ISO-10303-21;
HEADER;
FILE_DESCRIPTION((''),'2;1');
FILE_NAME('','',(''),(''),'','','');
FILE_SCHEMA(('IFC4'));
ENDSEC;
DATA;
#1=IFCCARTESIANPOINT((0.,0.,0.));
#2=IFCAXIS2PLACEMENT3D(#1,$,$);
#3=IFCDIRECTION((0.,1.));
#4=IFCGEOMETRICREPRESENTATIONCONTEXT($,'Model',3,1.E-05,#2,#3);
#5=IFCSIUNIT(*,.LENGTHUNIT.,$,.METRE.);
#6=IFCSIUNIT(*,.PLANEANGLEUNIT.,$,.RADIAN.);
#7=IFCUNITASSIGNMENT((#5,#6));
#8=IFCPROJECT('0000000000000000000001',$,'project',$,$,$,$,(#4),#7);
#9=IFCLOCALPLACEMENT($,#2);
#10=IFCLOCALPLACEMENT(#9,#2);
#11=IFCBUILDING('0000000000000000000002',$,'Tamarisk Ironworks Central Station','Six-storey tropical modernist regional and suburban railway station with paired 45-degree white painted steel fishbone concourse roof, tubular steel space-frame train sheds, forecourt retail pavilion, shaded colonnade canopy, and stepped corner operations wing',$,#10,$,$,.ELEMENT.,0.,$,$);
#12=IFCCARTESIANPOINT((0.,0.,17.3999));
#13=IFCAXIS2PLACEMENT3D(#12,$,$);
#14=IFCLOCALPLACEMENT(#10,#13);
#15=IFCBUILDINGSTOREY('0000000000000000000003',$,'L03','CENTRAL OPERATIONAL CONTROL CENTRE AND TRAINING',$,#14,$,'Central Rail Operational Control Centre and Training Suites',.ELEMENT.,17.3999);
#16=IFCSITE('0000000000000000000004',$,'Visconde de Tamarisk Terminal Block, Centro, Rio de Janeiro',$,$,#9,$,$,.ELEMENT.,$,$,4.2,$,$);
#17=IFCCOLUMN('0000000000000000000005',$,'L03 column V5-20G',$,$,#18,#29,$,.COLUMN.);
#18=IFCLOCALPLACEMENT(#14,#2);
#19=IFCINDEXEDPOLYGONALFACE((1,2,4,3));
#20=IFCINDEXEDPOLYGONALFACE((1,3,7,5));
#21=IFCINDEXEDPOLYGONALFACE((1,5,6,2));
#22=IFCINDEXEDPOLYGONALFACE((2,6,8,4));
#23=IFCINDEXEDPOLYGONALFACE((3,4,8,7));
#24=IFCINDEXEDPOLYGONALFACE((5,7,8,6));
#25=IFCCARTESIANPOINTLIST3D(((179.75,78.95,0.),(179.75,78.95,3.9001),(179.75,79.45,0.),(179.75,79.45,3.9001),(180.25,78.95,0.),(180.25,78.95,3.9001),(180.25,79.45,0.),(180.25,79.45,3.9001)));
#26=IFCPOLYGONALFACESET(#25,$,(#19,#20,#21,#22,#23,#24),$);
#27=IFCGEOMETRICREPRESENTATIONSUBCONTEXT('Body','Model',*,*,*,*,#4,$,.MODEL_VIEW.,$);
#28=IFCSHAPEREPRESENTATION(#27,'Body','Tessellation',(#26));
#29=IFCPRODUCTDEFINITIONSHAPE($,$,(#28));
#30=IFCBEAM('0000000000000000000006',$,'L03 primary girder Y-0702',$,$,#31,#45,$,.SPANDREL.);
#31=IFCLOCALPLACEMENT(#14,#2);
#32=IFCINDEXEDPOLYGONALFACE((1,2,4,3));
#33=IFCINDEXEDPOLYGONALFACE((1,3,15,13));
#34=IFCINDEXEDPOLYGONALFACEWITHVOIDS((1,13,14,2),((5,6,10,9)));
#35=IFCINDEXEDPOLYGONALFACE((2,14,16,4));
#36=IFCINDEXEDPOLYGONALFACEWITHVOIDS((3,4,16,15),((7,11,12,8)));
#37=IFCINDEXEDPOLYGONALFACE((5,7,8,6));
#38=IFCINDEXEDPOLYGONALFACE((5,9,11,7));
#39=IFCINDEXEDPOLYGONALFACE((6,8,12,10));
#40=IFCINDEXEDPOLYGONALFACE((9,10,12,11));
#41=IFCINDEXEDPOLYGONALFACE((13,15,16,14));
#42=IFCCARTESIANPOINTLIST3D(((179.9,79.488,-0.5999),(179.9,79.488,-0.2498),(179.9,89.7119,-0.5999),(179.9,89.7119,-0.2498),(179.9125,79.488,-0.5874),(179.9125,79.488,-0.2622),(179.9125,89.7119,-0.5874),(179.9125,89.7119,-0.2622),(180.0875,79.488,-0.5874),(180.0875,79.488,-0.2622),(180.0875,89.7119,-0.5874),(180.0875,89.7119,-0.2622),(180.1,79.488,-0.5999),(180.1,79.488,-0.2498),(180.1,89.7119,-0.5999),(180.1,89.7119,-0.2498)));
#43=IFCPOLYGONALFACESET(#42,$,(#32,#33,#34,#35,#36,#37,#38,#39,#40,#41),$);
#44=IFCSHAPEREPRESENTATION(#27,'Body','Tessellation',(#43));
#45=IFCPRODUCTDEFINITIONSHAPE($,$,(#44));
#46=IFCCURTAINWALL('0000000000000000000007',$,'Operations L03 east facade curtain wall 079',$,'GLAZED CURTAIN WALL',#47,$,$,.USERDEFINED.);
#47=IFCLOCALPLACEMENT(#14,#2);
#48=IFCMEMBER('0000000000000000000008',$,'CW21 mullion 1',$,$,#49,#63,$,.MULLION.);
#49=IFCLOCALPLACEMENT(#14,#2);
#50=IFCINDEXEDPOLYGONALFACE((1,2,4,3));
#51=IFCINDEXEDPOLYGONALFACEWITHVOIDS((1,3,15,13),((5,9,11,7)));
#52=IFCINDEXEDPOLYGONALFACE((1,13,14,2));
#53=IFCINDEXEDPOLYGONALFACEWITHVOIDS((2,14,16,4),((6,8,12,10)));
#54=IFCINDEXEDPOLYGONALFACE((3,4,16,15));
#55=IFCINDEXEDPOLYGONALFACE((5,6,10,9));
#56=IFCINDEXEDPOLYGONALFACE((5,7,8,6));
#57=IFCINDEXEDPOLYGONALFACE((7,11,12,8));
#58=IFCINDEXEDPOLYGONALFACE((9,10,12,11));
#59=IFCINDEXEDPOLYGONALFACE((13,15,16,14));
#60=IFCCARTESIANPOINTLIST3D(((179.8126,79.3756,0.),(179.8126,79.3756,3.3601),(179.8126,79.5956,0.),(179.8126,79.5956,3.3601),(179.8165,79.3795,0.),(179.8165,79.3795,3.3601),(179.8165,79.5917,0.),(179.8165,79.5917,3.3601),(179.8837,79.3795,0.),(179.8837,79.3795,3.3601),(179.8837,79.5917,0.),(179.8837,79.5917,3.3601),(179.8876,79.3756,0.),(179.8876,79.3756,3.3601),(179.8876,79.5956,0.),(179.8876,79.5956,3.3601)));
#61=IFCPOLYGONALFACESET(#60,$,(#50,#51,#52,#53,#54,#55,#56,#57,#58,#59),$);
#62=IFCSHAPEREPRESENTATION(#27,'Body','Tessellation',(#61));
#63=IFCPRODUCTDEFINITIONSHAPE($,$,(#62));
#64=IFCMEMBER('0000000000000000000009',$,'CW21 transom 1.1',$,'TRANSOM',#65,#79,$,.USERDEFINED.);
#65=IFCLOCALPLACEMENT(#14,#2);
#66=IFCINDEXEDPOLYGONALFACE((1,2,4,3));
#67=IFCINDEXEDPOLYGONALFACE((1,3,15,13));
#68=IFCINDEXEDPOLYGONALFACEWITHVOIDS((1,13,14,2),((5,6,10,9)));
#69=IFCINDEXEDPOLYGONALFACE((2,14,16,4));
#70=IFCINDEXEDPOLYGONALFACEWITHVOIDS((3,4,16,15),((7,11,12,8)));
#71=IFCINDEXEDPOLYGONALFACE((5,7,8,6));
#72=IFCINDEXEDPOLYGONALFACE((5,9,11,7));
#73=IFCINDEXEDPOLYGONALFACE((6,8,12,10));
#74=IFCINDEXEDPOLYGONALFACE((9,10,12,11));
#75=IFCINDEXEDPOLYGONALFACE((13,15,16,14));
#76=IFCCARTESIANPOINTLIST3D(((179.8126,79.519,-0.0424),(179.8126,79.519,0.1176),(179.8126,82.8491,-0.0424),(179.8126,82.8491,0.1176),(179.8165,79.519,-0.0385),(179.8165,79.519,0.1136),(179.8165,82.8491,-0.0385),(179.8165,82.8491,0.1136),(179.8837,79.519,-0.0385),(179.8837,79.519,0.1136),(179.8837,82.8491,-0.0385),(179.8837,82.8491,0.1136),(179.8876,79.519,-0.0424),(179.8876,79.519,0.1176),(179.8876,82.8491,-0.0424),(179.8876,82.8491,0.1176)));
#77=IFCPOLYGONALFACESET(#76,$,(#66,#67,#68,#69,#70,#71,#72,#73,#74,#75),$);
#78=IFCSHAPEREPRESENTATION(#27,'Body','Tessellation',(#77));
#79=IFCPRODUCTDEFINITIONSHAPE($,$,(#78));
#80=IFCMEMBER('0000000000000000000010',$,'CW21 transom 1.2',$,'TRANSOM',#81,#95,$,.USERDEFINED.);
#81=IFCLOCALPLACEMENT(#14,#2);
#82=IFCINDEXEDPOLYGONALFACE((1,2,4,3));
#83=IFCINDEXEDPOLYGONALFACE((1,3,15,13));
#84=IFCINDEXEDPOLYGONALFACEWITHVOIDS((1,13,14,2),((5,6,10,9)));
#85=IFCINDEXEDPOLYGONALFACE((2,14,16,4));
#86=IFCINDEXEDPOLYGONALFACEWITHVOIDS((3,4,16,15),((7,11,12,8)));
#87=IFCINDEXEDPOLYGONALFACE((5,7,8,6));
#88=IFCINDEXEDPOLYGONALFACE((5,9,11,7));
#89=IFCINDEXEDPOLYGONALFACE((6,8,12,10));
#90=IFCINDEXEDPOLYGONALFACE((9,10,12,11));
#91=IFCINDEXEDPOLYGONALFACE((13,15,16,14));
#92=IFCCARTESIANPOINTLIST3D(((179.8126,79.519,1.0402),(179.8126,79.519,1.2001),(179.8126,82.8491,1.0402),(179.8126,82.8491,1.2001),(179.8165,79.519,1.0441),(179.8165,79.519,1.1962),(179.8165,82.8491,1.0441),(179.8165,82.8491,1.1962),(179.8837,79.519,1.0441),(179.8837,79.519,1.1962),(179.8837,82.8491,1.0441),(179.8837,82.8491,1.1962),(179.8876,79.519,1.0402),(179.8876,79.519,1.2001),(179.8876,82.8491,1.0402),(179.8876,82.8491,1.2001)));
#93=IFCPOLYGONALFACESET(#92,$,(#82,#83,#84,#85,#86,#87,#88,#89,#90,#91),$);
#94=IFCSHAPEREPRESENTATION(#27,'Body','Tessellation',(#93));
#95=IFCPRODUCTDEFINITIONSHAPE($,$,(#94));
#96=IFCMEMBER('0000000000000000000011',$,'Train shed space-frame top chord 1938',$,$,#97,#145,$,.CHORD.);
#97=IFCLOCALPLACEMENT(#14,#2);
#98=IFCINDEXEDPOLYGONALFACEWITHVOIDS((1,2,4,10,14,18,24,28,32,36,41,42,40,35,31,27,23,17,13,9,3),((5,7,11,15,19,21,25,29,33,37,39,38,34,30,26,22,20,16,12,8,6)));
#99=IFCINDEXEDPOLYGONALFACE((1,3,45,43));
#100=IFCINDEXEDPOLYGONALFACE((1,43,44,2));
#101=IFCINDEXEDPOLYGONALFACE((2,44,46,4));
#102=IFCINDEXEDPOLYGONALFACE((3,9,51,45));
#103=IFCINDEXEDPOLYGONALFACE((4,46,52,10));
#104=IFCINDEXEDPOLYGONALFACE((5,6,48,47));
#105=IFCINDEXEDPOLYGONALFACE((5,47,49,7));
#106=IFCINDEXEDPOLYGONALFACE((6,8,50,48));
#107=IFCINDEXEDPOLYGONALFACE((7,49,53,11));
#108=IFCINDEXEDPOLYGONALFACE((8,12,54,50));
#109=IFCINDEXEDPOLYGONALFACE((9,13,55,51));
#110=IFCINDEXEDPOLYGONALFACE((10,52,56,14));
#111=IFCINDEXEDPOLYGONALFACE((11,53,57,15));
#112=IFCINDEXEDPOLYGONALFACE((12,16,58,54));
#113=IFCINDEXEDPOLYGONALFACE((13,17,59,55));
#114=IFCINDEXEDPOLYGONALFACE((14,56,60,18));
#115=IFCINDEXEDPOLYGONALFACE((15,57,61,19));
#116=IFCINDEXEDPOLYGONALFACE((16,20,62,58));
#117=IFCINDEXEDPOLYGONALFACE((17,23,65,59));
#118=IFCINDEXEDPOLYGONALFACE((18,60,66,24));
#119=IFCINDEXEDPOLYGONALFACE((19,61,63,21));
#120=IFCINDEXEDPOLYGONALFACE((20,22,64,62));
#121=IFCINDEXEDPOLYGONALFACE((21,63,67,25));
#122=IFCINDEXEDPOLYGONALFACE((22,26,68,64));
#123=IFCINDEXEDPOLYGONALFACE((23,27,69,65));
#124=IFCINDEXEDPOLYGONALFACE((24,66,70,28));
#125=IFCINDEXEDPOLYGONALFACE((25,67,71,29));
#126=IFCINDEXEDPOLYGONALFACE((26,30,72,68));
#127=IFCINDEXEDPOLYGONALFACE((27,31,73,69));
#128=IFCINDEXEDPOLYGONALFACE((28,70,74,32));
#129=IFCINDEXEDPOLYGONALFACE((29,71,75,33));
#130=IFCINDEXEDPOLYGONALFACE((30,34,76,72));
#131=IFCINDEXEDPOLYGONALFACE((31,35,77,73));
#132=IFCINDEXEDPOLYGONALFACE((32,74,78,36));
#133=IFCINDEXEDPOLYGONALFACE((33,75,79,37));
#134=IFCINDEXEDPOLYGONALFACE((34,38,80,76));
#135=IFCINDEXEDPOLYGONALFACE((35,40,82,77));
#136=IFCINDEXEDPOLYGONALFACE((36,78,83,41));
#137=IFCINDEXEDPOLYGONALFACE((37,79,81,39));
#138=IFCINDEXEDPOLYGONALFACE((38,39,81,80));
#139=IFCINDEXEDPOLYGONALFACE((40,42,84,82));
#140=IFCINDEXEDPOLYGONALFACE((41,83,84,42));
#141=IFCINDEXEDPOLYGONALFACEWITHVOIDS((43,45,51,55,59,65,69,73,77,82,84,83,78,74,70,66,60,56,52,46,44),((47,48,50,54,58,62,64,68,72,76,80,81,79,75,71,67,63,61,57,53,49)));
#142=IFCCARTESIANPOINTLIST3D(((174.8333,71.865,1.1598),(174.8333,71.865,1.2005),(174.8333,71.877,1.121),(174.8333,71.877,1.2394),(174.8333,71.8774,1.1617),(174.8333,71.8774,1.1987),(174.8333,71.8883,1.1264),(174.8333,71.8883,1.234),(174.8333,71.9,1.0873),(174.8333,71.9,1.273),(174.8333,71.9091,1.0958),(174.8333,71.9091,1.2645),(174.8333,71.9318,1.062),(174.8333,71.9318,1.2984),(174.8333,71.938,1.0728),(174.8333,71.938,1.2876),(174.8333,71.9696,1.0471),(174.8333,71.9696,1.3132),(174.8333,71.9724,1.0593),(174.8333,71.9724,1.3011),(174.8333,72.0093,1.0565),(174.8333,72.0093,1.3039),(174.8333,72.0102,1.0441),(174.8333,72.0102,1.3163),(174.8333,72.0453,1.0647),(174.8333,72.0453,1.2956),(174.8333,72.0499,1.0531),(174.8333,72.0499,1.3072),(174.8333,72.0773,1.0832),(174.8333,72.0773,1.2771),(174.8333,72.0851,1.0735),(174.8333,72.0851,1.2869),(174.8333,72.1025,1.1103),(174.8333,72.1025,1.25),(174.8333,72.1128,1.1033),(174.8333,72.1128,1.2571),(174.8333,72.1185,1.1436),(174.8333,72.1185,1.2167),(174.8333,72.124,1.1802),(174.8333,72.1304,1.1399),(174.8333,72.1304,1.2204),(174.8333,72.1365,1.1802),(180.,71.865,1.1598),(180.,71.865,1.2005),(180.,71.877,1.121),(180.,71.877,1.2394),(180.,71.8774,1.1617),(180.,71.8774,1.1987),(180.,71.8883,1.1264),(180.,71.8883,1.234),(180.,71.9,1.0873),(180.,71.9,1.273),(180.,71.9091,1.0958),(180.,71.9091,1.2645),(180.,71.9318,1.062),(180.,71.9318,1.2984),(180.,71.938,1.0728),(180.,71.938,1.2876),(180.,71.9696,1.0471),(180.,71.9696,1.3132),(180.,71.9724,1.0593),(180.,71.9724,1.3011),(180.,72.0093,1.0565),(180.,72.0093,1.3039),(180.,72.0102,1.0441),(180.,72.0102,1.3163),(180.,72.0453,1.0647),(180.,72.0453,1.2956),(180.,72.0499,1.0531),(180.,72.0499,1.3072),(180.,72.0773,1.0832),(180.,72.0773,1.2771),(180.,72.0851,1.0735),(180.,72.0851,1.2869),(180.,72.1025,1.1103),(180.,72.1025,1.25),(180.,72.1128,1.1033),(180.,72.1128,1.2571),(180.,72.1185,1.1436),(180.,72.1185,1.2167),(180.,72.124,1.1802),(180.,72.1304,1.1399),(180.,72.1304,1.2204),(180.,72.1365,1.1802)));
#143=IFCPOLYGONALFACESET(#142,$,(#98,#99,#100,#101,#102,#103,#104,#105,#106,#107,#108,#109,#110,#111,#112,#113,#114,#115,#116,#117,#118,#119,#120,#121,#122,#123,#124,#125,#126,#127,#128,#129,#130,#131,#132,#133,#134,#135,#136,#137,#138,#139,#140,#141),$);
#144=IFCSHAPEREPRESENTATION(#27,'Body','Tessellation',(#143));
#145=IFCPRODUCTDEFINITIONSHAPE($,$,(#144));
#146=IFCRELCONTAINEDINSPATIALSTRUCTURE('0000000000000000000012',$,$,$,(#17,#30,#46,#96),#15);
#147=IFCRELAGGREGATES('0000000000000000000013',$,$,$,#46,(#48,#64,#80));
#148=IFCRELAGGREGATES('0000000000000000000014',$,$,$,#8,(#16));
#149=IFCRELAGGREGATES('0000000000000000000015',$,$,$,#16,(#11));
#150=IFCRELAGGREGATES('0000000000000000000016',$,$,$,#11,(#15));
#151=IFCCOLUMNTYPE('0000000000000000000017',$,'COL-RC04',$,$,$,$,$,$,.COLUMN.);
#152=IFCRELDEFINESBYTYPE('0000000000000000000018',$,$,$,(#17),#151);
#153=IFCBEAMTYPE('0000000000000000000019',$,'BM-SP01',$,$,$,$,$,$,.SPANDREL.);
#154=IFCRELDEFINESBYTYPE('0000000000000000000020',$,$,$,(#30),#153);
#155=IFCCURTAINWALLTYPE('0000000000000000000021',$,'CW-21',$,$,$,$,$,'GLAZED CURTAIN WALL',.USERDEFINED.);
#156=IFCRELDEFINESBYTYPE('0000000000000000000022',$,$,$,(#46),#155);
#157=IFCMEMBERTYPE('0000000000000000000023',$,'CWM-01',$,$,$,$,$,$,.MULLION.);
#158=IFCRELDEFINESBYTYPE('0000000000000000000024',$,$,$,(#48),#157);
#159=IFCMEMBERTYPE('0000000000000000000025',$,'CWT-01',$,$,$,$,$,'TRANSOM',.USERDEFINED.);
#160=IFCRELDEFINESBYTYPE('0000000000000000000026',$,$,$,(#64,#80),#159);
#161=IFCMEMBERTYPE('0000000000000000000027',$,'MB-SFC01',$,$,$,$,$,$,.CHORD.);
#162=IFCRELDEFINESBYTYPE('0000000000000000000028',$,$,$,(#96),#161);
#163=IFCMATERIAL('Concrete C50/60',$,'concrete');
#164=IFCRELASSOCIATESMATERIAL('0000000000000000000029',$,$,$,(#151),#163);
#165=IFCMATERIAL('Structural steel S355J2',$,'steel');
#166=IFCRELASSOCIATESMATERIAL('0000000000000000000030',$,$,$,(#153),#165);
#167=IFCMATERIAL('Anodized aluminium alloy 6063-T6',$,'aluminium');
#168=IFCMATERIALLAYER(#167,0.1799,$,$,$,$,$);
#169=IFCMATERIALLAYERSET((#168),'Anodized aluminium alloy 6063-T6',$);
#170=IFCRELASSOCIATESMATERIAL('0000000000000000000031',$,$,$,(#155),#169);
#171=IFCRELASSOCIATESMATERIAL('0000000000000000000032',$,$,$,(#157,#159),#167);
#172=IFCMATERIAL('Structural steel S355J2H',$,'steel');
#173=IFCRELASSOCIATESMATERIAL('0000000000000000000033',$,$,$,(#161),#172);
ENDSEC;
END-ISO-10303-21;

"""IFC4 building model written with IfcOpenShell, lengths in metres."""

from ifc_helpers import new_model, si_unit, direction, frame, origin, origin_2d, place, context, subcontext, project, spatial, rectangle, hollow_rectangle, hollow_circle, extrude, material, layer, layer_set, material_profile, profile_set, type_object, element, aggregate, save


model = new_model("IFC4")

# Units and contexts
model_context = context("Model", 3, precision=1e-05, world=origin(), true_north=direction((0.0, 1.0)))
body_context = subcontext(model_context, "Body", "Model", "MODEL_VIEW")
ifc_project = project(units=[si_unit("LENGTHUNIT", "METRE"), si_unit("PLANEANGLEUNIT", "RADIAN")], contexts=[model_context])

# Site, building, storey
site_placement = place(None, origin())
site = spatial("IfcSite", under=ifc_project, at=site_placement, Name="Visconde de Tamarisk Terminal Block, Centro, Rio de Janeiro", CompositionType="ELEMENT", RefElevation=4.2)
building_placement = place(site_placement, origin())
building = spatial("IfcBuilding", under=site, at=building_placement, Name="Tamarisk Ironworks Central Station", Description="Six-storey tropical modernist regional and suburban railway station with paired 45-degree white painted steel fishbone concourse roof, tubular steel space-frame train sheds, forecourt retail pavilion, shaded colonnade canopy, and stepped corner operations wing", CompositionType="ELEMENT", ElevationOfRefHeight=0.0)
storey_placement = place(building_placement, frame((0.0, 0.0, 17.3999)))
storey = spatial("IfcBuildingStorey", under=building, at=storey_placement, Name="L03", Description="CENTRAL OPERATIONAL CONTROL CENTRE AND TRAINING", LongName="Central Rail Operational Control Centre and Training Suites", CompositionType="ELEMENT", Elevation=17.3999)

# Column
ifc_material_1 = material(Name="Concrete C50/60", Category="concrete")
ifc_material_profile_1 = material_profile(ifc_material_1, rectangle(XDim=0.5, YDim=0.5, at=origin_2d()), Name="RC 500x500")
ifc_profile_set_1 = profile_set([ifc_material_profile_1], Name="Concrete C50/60")
column_type = type_object("IfcColumnType", Name="COL-RC04", PredefinedType="COLUMN", material=ifc_profile_set_1)
column_placement = place(storey_placement, frame((180.0, 79.2, 0.0), z_axis=(0.0, 0.0, 1.0), x_axis=(1.0, 0.0, 0.0)))
element("IfcColumn", 1, at=column_placement, inside=storey, type_object=column_type, Name="L03 column V5-20G", PredefinedType="COLUMN", context=body_context, shape_type="SweptSolid", body=[
    extrude(rectangle(XDim=0.5, YDim=0.5, at=origin_2d()), origin(), (0.0, 0.0, 1.0), 3.9001),
])

# Beam
ifc_material_2 = material(Name="Structural steel S355J2", Category="steel")
ifc_material_profile_2 = material_profile(ifc_material_2, hollow_rectangle(XDim=0.2, YDim=0.3501, WallThickness=0.0125, at=origin_2d()), Name="RHS 350x200x12.5")
ifc_profile_set_2 = profile_set([ifc_material_profile_2], Name="Structural steel S355J2")
beam_type = type_object("IfcBeamType", Name="BM-SP01", PredefinedType="SPANDREL", material=ifc_profile_set_2)
beam_placement = place(storey_placement, frame((180.0, 79.488, -0.4248), z_axis=(0.0, 1.0, 0.0), x_axis=(-1.0, 0.0, 0.0)))
element("IfcBeam", 2, at=beam_placement, inside=storey, type_object=beam_type, Name="L03 primary girder Y-0702", PredefinedType="SPANDREL", context=body_context, shape_type="SweptSolid", body=[
    extrude(hollow_rectangle(XDim=0.2, YDim=0.3501, WallThickness=0.0125, at=origin_2d()), origin(), (0.0, 0.0, 1.0), 10.2239),
])

# Curtain wall, members
ifc_material_3 = material(Name="Anodized aluminium alloy 6063-T6", Category="aluminium")
ifc_layer_1 = layer(ifc_material_3, 0.1799)
ifc_layer_set_1 = layer_set([ifc_layer_1], Name="Anodized aluminium alloy 6063-T6")
curtain_wall_type = type_object("IfcCurtainWallType", Name="CW-21", ElementType="GLAZED CURTAIN WALL", PredefinedType="USERDEFINED", material=ifc_layer_set_1)
curtain_wall_placement = place(storey_placement, origin())
curtain_wall = element("IfcCurtainWall", 3, at=curtain_wall_placement, inside=storey, type_object=curtain_wall_type, Name="Operations L03 east facade curtain wall 079", ObjectType="GLAZED CURTAIN WALL", PredefinedType="USERDEFINED")
ifc_material_profile_3 = material_profile(ifc_material_3, hollow_rectangle(XDim=0.075, YDim=0.22, WallThickness=0.0039, at=origin_2d()), Name="ALUM 220x75")
ifc_profile_set_3 = profile_set([ifc_material_profile_3], Name="Anodized aluminium alloy 6063-T6")
member_type_1 = type_object("IfcMemberType", Name="CWM-01", PredefinedType="MULLION", material=ifc_profile_set_3)
member_1_placement = place(storey_placement, frame((179.8501, 79.4856, 0.0), z_axis=(0.0, 0.0, 1.0), x_axis=(-1.0, 0.0, 0.0)))
member_1 = element("IfcMember", 4, at=member_1_placement, type_object=member_type_1, Name="CW21 mullion 1", PredefinedType="MULLION", context=body_context, shape_type="SweptSolid", body=[
    extrude(hollow_rectangle(XDim=0.075, YDim=0.22, WallThickness=0.0039, at=origin_2d()), origin(), (0.0, 0.0, 1.0), 3.3601),
])
ifc_material_profile_4 = material_profile(ifc_material_3, hollow_rectangle(XDim=0.075, YDim=0.1599, WallThickness=0.0039, at=origin_2d()), Name="ALUM 160x75")
ifc_profile_set_4 = profile_set([ifc_material_profile_4], Name="Anodized aluminium alloy 6063-T6")
member_type_2 = type_object("IfcMemberType", Name="CWT-01", ElementType="TRANSOM", PredefinedType="USERDEFINED", material=ifc_profile_set_4)
member_2_placement = place(storey_placement, frame((179.8501, 79.519, 0.0376), z_axis=(0.0, 1.0, 0.0), x_axis=(-1.0, 0.0, 0.0)))
member_2 = element("IfcMember", 5, at=member_2_placement, type_object=member_type_2, Name="CW21 transom 1.1", ObjectType="TRANSOM", PredefinedType="USERDEFINED", context=body_context, shape_type="SweptSolid", body=[
    extrude(hollow_rectangle(XDim=0.075, YDim=0.1599, WallThickness=0.0039, at=origin_2d()), origin(), (0.0, 0.0, 1.0), 3.3301),
])
member_3_placement = place(storey_placement, frame((179.8501, 79.519, 1.1201), z_axis=(0.0, 1.0, 0.0), x_axis=(-1.0, 0.0, 0.0)))
member_3 = element("IfcMember", 6, at=member_3_placement, type_object=member_type_2, Name="CW21 transom 1.2", ObjectType="TRANSOM", PredefinedType="USERDEFINED", context=body_context, shape_type="SweptSolid", body=[
    extrude(hollow_rectangle(XDim=0.075, YDim=0.1599, WallThickness=0.0039, at=origin_2d()), origin(), (0.0, 0.0, 1.0), 3.3301),
])
aggregate(curtain_wall, [member_1, member_2, member_3])

# Member
ifc_material_4 = material(Name="Structural steel S355J2H", Category="steel")
ifc_material_profile_5 = material_profile(ifc_material_4, hollow_circle(Radius=0.1365, WallThickness=0.0125, at=origin_2d()), Name="CHS 273x12.5")
ifc_profile_set_5 = profile_set([ifc_material_profile_5], Name="Structural steel S355J2H")
member_type_3 = type_object("IfcMemberType", Name="MB-SFC01", PredefinedType="CHORD", material=ifc_profile_set_5)
for number, where, z_axis, x_axis, name in (
    (7, (174.8333, 72.0, 1.1802), (1.0, 0.0, 0.0), (0.0, 1.0, 0.0), "Train shed space-frame top chord 1938"),
):
    element("IfcMember", number, at=place(storey_placement, frame(where, z_axis=z_axis, x_axis=x_axis)), inside=storey, type_object=member_type_3, Name=name, PredefinedType="CHORD", context=body_context, shape_type="SweptSolid", body=[
        extrude(hollow_circle(Radius=0.1365, WallThickness=0.0125, at=origin_2d()), origin(), (0.0, 0.0, 1.0), 5.1667),
    ])

save(model, "model.ifc")
